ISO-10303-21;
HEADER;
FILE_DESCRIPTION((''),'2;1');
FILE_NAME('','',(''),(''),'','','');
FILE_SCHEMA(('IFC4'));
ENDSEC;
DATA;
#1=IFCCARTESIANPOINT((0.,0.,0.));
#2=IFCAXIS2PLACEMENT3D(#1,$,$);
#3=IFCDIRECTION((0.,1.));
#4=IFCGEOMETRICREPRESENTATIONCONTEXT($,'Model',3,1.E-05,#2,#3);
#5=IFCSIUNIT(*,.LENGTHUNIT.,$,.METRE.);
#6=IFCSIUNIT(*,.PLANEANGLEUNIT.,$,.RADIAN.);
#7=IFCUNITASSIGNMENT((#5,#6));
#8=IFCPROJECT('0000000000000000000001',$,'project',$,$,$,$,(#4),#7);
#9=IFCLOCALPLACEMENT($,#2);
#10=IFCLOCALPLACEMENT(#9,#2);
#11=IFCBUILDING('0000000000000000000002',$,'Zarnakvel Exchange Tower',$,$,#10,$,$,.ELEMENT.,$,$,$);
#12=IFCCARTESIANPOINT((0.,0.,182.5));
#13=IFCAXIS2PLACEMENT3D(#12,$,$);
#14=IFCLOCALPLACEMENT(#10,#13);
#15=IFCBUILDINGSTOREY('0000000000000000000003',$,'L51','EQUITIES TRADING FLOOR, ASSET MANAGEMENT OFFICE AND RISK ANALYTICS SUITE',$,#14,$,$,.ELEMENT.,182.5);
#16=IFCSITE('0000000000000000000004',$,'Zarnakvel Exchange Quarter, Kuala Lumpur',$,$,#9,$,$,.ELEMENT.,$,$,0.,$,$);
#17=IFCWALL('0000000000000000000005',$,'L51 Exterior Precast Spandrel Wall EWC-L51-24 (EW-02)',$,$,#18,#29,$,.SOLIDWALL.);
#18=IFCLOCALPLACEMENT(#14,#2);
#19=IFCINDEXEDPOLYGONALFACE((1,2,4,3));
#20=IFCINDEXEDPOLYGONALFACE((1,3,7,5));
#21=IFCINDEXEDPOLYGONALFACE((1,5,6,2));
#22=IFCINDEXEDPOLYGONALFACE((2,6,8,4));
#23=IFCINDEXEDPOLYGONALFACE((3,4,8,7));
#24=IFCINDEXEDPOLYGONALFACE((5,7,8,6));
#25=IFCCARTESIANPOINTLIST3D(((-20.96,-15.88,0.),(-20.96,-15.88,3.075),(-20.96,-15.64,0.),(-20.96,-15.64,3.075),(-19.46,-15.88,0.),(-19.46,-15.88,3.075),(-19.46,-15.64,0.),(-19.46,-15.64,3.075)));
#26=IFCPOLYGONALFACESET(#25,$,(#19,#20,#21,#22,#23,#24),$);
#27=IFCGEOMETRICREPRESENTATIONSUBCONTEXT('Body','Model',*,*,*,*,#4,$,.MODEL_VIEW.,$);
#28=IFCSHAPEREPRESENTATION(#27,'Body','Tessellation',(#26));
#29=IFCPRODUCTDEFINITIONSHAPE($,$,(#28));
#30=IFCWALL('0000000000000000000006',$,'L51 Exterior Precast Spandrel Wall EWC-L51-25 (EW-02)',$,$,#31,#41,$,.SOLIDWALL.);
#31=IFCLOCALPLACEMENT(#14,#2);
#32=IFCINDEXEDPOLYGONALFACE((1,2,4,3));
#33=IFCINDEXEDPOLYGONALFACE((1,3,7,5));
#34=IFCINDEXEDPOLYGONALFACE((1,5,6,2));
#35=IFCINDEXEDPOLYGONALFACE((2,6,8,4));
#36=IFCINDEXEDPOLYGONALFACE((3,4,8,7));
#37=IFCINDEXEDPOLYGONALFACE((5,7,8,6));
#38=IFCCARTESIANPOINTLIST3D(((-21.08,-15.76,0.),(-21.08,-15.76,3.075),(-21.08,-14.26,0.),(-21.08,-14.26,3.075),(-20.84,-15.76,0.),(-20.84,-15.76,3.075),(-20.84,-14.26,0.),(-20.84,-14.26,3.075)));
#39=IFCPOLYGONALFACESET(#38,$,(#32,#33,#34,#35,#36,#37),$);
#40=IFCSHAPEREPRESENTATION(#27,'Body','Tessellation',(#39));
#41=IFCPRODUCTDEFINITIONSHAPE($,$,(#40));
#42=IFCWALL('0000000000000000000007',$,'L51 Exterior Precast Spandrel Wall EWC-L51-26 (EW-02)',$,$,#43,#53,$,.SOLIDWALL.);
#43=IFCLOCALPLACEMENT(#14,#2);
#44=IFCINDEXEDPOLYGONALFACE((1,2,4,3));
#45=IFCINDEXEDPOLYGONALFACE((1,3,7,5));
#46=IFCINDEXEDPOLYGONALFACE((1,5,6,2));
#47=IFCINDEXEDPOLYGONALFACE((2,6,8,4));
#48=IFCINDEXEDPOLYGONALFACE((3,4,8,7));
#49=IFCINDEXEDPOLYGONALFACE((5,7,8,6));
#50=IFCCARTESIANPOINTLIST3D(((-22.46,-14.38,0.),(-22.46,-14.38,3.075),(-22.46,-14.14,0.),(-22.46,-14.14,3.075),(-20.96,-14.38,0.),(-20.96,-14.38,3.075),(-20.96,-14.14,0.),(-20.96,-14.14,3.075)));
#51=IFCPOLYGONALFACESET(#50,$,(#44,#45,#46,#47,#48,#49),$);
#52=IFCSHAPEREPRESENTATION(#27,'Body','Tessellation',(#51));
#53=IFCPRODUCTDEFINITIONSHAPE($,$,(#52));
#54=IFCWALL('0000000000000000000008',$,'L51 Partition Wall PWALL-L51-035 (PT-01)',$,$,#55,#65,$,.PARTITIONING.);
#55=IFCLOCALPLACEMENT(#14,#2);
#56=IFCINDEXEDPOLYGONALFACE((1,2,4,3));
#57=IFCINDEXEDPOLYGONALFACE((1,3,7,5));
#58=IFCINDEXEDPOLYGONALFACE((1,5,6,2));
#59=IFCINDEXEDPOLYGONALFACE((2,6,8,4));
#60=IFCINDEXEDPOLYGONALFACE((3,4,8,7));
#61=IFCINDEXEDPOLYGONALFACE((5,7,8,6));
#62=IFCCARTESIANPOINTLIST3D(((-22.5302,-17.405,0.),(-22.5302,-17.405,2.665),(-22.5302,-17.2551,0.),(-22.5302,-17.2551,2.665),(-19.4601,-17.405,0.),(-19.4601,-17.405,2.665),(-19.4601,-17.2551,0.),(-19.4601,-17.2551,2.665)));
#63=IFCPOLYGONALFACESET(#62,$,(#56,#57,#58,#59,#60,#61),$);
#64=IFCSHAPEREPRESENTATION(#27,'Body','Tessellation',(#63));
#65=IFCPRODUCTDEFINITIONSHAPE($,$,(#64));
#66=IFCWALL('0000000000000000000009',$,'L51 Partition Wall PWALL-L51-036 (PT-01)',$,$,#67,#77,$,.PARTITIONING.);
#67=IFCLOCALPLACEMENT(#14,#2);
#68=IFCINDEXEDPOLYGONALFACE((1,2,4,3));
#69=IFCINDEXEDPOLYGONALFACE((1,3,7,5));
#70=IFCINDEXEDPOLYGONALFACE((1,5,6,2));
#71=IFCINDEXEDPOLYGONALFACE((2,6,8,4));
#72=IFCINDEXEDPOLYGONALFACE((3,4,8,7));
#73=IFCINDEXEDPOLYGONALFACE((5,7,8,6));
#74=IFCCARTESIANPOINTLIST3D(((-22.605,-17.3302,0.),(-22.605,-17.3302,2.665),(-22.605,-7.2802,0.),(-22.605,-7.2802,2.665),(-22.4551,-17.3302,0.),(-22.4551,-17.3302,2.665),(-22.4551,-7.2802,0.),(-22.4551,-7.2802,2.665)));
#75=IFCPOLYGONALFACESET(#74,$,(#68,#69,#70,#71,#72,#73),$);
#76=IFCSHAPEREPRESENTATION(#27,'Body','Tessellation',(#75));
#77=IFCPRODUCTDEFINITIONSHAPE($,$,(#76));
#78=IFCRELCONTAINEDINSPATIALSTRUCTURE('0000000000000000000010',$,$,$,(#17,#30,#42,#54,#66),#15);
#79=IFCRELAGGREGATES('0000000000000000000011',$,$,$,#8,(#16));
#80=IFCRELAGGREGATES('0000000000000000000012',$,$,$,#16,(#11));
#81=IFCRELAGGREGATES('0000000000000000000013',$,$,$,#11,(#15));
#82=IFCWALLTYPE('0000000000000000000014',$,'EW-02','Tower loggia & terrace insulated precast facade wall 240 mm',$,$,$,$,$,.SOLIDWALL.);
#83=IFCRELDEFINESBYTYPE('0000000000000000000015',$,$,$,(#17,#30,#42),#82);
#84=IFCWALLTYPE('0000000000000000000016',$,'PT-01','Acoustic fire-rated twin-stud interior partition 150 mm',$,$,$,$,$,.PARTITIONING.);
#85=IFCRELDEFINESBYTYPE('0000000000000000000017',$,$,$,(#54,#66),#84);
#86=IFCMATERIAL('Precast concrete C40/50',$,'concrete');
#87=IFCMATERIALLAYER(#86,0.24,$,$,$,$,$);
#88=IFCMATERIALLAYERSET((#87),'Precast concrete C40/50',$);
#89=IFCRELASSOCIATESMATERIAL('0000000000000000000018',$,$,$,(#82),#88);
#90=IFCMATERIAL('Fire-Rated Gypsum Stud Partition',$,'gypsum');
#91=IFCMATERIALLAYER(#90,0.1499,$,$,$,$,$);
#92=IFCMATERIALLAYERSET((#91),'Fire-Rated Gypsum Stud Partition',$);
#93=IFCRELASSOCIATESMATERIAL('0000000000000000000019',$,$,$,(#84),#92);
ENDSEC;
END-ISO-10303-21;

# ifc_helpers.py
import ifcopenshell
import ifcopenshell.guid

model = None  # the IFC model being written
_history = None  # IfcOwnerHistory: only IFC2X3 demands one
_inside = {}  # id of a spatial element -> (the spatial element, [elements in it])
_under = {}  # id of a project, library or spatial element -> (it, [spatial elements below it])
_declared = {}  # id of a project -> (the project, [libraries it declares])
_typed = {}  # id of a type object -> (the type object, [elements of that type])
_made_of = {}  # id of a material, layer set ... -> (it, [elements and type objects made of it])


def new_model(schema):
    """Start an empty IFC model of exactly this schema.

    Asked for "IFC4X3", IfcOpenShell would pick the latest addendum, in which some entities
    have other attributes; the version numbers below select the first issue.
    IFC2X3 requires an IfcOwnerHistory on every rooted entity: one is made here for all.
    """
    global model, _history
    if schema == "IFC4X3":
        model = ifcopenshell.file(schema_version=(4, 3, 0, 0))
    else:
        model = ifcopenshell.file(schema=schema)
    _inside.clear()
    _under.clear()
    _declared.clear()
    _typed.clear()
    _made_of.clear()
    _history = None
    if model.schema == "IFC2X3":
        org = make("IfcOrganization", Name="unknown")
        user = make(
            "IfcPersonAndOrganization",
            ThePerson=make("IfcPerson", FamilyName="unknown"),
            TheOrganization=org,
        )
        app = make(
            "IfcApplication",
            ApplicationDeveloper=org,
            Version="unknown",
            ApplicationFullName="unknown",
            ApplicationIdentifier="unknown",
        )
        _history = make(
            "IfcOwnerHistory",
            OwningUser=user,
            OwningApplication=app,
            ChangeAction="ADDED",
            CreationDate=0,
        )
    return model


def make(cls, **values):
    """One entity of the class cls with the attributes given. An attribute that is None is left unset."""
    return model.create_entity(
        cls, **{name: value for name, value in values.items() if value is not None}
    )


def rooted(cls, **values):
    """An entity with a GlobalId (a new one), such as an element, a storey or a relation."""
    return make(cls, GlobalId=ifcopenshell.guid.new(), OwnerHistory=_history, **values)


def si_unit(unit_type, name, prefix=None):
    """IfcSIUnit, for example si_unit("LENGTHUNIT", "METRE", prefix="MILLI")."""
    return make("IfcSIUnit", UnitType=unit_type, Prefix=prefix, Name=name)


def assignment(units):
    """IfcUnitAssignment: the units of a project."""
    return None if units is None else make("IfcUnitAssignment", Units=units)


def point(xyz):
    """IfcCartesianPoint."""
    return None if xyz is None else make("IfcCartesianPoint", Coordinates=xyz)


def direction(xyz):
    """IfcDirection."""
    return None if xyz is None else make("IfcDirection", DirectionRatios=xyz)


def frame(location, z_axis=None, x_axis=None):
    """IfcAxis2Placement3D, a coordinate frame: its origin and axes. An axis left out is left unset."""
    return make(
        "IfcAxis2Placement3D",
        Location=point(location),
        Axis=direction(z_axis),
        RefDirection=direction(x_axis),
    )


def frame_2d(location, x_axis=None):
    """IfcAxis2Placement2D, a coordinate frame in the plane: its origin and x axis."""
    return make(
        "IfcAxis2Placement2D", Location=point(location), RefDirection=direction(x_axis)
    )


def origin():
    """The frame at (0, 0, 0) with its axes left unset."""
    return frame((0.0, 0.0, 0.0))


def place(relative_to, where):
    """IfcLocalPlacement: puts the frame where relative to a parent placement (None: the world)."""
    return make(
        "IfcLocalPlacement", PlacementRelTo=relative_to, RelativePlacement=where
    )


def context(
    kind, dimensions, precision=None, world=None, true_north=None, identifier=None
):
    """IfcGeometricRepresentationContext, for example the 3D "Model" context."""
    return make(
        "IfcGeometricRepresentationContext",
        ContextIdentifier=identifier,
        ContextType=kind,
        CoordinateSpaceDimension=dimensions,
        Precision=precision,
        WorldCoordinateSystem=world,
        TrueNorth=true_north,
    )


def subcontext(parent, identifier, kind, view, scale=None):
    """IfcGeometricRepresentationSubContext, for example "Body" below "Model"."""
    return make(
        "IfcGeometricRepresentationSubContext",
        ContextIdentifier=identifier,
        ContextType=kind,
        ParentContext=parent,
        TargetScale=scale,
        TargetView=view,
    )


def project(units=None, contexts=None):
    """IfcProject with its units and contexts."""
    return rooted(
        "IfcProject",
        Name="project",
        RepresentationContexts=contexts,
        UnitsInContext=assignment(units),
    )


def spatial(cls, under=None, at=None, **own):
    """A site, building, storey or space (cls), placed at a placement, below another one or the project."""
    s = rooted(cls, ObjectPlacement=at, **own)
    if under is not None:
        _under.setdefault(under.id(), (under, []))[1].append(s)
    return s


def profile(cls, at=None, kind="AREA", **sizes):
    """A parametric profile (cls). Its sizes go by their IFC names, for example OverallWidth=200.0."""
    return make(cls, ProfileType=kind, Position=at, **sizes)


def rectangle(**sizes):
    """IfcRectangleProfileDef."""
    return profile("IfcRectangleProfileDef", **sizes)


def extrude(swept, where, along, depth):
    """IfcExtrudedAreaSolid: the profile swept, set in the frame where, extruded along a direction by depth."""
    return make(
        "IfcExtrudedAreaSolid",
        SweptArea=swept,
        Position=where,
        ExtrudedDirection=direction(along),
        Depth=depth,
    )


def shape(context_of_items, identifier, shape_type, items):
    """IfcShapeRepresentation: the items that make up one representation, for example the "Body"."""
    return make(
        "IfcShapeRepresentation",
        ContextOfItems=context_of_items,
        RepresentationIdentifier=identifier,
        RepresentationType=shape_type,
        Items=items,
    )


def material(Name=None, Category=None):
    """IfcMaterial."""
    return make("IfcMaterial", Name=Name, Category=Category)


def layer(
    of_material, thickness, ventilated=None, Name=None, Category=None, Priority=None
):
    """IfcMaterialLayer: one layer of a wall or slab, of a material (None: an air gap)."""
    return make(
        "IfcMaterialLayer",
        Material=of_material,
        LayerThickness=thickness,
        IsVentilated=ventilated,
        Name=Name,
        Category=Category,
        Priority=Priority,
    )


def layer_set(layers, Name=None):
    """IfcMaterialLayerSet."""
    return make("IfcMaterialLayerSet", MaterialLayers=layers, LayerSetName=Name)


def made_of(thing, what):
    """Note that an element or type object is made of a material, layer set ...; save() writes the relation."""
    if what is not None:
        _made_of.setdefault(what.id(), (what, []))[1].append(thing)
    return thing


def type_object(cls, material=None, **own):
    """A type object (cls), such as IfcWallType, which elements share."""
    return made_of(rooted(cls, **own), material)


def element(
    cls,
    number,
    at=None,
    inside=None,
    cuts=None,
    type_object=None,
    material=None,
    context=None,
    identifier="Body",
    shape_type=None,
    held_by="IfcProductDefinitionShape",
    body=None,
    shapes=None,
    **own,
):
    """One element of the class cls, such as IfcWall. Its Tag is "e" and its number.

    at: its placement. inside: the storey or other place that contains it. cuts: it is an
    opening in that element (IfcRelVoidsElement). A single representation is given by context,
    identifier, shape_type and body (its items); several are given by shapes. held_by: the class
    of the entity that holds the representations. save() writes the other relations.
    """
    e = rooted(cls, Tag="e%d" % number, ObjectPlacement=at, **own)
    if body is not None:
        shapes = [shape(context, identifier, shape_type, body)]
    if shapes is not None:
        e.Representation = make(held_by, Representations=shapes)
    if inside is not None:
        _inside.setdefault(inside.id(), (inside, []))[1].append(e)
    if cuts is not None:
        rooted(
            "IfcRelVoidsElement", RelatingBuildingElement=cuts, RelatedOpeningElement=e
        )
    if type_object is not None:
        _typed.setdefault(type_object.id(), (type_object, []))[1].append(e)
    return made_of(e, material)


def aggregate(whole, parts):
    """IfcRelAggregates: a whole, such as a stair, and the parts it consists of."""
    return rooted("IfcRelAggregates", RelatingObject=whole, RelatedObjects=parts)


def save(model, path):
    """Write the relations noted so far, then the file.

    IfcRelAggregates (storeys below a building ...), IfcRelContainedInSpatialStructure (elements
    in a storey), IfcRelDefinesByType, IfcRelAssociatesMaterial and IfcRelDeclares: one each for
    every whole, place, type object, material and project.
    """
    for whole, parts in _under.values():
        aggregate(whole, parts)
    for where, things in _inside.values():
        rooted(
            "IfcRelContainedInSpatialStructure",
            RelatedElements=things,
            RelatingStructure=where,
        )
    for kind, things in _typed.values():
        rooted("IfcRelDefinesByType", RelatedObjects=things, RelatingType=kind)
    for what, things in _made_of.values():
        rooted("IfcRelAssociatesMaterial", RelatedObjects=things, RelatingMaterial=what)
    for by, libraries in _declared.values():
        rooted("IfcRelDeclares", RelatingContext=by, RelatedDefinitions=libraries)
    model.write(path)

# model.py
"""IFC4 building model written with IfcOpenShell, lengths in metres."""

from ifc_helpers import new_model, si_unit, direction, frame, frame_2d, origin, place, context, subcontext, project, spatial, rectangle, extrude, material, layer, layer_set, type_object, element, save


model = new_model("IFC4")

# Units and contexts
model_context = context("Model", 3, precision=1e-05, world=origin(), true_north=direction((0.0, 1.0)))
body_context = subcontext(model_context, "Body", "Model", "MODEL_VIEW")
ifc_project = project(units=[si_unit("LENGTHUNIT", "METRE"), si_unit("PLANEANGLEUNIT", "RADIAN")], contexts=[model_context])

# Site, building, storey
site_placement = place(None, origin())
site = spatial("IfcSite", under=ifc_project, at=site_placement, Name="Zarnakvel Exchange Quarter, Kuala Lumpur", CompositionType="ELEMENT", RefElevation=0.0)
building_placement = place(site_placement, origin())
building = spatial("IfcBuilding", under=site, at=building_placement, Name="Zarnakvel Exchange Tower", CompositionType="ELEMENT")
storey_placement = place(building_placement, frame((0.0, 0.0, 182.5)))
storey = spatial("IfcBuildingStorey", under=building, at=storey_placement, Name="L51", Description="EQUITIES TRADING FLOOR, ASSET MANAGEMENT OFFICE AND RISK ANALYTICS SUITE", CompositionType="ELEMENT", Elevation=182.5)

# Walls
ifc_material_1 = material(Name="Precast concrete C40/50", Category="concrete")
ifc_layer_1 = layer(ifc_material_1, 0.24)
ifc_layer_set_1 = layer_set([ifc_layer_1], Name="Precast concrete C40/50")
wall_type_1 = type_object("IfcWallType", Name="EW-02", Description="Tower loggia & terrace insulated precast facade wall 240 mm", PredefinedType="SOLIDWALL", material=ifc_layer_set_1)
for number, where, z_axis, x_axis, name in (
    (1, (-20.96, -15.76, 0.0), (0.0, 0.0, 1.0), (1.0, 0.0, 0.0), "L51 Exterior Precast Spandrel Wall EWC-L51-24 (EW-02)"),
    (2, (-20.96, -14.26, 0.0), (0.0, 0.0, 1.0), (0.0, -1.0, 0.0), "L51 Exterior Precast Spandrel Wall EWC-L51-25 (EW-02)"),
    (3, (-22.46, -14.26, 0.0), (0.0, 0.0, 1.0), (1.0, 0.0, 0.0), "L51 Exterior Precast Spandrel Wall EWC-L51-26 (EW-02)"),
):
    element("IfcWall", number, at=place(storey_placement, frame(where, z_axis=z_axis, x_axis=x_axis)), inside=storey, type_object=wall_type_1, Name=name, PredefinedType="SOLIDWALL", context=body_context, shape_type="SweptSolid", body=[
        extrude(rectangle(XDim=1.5, YDim=0.24, at=frame_2d((0.75, 0.0))), origin(), (0.0, 0.0, 1.0), 3.075),
    ])
ifc_material_2 = material(Name="Fire-Rated Gypsum Stud Partition", Category="gypsum")
ifc_layer_2 = layer(ifc_material_2, 0.1499)
ifc_layer_set_2 = layer_set([ifc_layer_2], Name="Fire-Rated Gypsum Stud Partition")
wall_type_2 = type_object("IfcWallType", Name="PT-01", Description="Acoustic fire-rated twin-stud interior partition 150 mm", PredefinedType="PARTITIONING", material=ifc_layer_set_2)
wall_1_placement = place(storey_placement, frame((-19.46, -17.3301, 0.0), z_axis=(0.0, 0.0, 1.0), x_axis=(-1.0, 0.0, 0.0)))
element("IfcWall", 4, at=wall_1_placement, inside=storey, type_object=wall_type_2, Name="L51 Partition Wall PWALL-L51-035 (PT-01)", PredefinedType="PARTITIONING", context=body_context, shape_type="SweptSolid", body=[
    extrude(rectangle(XDim=3.0701, YDim=0.1499, at=frame_2d((1.5352, 0.0))), origin(), (0.0, 0.0, 1.0), 2.665),
])
wall_2_placement = place(storey_placement, frame((-22.53, -17.3301, 0.0), z_axis=(0.0, 0.0, 1.0), x_axis=(0.0, 1.0, 0.0)))
element("IfcWall", 5, at=wall_2_placement, inside=storey, type_object=wall_type_2, Name="L51 Partition Wall PWALL-L51-036 (PT-01)", PredefinedType="PARTITIONING", context=body_context, shape_type="SweptSolid", body=[
    extrude(rectangle(XDim=10.05, YDim=0.1499, at=frame_2d((5.0249, 0.0))), origin(), (0.0, 0.0, 1.0), 2.665),
])

save(model, "model.ifc")
